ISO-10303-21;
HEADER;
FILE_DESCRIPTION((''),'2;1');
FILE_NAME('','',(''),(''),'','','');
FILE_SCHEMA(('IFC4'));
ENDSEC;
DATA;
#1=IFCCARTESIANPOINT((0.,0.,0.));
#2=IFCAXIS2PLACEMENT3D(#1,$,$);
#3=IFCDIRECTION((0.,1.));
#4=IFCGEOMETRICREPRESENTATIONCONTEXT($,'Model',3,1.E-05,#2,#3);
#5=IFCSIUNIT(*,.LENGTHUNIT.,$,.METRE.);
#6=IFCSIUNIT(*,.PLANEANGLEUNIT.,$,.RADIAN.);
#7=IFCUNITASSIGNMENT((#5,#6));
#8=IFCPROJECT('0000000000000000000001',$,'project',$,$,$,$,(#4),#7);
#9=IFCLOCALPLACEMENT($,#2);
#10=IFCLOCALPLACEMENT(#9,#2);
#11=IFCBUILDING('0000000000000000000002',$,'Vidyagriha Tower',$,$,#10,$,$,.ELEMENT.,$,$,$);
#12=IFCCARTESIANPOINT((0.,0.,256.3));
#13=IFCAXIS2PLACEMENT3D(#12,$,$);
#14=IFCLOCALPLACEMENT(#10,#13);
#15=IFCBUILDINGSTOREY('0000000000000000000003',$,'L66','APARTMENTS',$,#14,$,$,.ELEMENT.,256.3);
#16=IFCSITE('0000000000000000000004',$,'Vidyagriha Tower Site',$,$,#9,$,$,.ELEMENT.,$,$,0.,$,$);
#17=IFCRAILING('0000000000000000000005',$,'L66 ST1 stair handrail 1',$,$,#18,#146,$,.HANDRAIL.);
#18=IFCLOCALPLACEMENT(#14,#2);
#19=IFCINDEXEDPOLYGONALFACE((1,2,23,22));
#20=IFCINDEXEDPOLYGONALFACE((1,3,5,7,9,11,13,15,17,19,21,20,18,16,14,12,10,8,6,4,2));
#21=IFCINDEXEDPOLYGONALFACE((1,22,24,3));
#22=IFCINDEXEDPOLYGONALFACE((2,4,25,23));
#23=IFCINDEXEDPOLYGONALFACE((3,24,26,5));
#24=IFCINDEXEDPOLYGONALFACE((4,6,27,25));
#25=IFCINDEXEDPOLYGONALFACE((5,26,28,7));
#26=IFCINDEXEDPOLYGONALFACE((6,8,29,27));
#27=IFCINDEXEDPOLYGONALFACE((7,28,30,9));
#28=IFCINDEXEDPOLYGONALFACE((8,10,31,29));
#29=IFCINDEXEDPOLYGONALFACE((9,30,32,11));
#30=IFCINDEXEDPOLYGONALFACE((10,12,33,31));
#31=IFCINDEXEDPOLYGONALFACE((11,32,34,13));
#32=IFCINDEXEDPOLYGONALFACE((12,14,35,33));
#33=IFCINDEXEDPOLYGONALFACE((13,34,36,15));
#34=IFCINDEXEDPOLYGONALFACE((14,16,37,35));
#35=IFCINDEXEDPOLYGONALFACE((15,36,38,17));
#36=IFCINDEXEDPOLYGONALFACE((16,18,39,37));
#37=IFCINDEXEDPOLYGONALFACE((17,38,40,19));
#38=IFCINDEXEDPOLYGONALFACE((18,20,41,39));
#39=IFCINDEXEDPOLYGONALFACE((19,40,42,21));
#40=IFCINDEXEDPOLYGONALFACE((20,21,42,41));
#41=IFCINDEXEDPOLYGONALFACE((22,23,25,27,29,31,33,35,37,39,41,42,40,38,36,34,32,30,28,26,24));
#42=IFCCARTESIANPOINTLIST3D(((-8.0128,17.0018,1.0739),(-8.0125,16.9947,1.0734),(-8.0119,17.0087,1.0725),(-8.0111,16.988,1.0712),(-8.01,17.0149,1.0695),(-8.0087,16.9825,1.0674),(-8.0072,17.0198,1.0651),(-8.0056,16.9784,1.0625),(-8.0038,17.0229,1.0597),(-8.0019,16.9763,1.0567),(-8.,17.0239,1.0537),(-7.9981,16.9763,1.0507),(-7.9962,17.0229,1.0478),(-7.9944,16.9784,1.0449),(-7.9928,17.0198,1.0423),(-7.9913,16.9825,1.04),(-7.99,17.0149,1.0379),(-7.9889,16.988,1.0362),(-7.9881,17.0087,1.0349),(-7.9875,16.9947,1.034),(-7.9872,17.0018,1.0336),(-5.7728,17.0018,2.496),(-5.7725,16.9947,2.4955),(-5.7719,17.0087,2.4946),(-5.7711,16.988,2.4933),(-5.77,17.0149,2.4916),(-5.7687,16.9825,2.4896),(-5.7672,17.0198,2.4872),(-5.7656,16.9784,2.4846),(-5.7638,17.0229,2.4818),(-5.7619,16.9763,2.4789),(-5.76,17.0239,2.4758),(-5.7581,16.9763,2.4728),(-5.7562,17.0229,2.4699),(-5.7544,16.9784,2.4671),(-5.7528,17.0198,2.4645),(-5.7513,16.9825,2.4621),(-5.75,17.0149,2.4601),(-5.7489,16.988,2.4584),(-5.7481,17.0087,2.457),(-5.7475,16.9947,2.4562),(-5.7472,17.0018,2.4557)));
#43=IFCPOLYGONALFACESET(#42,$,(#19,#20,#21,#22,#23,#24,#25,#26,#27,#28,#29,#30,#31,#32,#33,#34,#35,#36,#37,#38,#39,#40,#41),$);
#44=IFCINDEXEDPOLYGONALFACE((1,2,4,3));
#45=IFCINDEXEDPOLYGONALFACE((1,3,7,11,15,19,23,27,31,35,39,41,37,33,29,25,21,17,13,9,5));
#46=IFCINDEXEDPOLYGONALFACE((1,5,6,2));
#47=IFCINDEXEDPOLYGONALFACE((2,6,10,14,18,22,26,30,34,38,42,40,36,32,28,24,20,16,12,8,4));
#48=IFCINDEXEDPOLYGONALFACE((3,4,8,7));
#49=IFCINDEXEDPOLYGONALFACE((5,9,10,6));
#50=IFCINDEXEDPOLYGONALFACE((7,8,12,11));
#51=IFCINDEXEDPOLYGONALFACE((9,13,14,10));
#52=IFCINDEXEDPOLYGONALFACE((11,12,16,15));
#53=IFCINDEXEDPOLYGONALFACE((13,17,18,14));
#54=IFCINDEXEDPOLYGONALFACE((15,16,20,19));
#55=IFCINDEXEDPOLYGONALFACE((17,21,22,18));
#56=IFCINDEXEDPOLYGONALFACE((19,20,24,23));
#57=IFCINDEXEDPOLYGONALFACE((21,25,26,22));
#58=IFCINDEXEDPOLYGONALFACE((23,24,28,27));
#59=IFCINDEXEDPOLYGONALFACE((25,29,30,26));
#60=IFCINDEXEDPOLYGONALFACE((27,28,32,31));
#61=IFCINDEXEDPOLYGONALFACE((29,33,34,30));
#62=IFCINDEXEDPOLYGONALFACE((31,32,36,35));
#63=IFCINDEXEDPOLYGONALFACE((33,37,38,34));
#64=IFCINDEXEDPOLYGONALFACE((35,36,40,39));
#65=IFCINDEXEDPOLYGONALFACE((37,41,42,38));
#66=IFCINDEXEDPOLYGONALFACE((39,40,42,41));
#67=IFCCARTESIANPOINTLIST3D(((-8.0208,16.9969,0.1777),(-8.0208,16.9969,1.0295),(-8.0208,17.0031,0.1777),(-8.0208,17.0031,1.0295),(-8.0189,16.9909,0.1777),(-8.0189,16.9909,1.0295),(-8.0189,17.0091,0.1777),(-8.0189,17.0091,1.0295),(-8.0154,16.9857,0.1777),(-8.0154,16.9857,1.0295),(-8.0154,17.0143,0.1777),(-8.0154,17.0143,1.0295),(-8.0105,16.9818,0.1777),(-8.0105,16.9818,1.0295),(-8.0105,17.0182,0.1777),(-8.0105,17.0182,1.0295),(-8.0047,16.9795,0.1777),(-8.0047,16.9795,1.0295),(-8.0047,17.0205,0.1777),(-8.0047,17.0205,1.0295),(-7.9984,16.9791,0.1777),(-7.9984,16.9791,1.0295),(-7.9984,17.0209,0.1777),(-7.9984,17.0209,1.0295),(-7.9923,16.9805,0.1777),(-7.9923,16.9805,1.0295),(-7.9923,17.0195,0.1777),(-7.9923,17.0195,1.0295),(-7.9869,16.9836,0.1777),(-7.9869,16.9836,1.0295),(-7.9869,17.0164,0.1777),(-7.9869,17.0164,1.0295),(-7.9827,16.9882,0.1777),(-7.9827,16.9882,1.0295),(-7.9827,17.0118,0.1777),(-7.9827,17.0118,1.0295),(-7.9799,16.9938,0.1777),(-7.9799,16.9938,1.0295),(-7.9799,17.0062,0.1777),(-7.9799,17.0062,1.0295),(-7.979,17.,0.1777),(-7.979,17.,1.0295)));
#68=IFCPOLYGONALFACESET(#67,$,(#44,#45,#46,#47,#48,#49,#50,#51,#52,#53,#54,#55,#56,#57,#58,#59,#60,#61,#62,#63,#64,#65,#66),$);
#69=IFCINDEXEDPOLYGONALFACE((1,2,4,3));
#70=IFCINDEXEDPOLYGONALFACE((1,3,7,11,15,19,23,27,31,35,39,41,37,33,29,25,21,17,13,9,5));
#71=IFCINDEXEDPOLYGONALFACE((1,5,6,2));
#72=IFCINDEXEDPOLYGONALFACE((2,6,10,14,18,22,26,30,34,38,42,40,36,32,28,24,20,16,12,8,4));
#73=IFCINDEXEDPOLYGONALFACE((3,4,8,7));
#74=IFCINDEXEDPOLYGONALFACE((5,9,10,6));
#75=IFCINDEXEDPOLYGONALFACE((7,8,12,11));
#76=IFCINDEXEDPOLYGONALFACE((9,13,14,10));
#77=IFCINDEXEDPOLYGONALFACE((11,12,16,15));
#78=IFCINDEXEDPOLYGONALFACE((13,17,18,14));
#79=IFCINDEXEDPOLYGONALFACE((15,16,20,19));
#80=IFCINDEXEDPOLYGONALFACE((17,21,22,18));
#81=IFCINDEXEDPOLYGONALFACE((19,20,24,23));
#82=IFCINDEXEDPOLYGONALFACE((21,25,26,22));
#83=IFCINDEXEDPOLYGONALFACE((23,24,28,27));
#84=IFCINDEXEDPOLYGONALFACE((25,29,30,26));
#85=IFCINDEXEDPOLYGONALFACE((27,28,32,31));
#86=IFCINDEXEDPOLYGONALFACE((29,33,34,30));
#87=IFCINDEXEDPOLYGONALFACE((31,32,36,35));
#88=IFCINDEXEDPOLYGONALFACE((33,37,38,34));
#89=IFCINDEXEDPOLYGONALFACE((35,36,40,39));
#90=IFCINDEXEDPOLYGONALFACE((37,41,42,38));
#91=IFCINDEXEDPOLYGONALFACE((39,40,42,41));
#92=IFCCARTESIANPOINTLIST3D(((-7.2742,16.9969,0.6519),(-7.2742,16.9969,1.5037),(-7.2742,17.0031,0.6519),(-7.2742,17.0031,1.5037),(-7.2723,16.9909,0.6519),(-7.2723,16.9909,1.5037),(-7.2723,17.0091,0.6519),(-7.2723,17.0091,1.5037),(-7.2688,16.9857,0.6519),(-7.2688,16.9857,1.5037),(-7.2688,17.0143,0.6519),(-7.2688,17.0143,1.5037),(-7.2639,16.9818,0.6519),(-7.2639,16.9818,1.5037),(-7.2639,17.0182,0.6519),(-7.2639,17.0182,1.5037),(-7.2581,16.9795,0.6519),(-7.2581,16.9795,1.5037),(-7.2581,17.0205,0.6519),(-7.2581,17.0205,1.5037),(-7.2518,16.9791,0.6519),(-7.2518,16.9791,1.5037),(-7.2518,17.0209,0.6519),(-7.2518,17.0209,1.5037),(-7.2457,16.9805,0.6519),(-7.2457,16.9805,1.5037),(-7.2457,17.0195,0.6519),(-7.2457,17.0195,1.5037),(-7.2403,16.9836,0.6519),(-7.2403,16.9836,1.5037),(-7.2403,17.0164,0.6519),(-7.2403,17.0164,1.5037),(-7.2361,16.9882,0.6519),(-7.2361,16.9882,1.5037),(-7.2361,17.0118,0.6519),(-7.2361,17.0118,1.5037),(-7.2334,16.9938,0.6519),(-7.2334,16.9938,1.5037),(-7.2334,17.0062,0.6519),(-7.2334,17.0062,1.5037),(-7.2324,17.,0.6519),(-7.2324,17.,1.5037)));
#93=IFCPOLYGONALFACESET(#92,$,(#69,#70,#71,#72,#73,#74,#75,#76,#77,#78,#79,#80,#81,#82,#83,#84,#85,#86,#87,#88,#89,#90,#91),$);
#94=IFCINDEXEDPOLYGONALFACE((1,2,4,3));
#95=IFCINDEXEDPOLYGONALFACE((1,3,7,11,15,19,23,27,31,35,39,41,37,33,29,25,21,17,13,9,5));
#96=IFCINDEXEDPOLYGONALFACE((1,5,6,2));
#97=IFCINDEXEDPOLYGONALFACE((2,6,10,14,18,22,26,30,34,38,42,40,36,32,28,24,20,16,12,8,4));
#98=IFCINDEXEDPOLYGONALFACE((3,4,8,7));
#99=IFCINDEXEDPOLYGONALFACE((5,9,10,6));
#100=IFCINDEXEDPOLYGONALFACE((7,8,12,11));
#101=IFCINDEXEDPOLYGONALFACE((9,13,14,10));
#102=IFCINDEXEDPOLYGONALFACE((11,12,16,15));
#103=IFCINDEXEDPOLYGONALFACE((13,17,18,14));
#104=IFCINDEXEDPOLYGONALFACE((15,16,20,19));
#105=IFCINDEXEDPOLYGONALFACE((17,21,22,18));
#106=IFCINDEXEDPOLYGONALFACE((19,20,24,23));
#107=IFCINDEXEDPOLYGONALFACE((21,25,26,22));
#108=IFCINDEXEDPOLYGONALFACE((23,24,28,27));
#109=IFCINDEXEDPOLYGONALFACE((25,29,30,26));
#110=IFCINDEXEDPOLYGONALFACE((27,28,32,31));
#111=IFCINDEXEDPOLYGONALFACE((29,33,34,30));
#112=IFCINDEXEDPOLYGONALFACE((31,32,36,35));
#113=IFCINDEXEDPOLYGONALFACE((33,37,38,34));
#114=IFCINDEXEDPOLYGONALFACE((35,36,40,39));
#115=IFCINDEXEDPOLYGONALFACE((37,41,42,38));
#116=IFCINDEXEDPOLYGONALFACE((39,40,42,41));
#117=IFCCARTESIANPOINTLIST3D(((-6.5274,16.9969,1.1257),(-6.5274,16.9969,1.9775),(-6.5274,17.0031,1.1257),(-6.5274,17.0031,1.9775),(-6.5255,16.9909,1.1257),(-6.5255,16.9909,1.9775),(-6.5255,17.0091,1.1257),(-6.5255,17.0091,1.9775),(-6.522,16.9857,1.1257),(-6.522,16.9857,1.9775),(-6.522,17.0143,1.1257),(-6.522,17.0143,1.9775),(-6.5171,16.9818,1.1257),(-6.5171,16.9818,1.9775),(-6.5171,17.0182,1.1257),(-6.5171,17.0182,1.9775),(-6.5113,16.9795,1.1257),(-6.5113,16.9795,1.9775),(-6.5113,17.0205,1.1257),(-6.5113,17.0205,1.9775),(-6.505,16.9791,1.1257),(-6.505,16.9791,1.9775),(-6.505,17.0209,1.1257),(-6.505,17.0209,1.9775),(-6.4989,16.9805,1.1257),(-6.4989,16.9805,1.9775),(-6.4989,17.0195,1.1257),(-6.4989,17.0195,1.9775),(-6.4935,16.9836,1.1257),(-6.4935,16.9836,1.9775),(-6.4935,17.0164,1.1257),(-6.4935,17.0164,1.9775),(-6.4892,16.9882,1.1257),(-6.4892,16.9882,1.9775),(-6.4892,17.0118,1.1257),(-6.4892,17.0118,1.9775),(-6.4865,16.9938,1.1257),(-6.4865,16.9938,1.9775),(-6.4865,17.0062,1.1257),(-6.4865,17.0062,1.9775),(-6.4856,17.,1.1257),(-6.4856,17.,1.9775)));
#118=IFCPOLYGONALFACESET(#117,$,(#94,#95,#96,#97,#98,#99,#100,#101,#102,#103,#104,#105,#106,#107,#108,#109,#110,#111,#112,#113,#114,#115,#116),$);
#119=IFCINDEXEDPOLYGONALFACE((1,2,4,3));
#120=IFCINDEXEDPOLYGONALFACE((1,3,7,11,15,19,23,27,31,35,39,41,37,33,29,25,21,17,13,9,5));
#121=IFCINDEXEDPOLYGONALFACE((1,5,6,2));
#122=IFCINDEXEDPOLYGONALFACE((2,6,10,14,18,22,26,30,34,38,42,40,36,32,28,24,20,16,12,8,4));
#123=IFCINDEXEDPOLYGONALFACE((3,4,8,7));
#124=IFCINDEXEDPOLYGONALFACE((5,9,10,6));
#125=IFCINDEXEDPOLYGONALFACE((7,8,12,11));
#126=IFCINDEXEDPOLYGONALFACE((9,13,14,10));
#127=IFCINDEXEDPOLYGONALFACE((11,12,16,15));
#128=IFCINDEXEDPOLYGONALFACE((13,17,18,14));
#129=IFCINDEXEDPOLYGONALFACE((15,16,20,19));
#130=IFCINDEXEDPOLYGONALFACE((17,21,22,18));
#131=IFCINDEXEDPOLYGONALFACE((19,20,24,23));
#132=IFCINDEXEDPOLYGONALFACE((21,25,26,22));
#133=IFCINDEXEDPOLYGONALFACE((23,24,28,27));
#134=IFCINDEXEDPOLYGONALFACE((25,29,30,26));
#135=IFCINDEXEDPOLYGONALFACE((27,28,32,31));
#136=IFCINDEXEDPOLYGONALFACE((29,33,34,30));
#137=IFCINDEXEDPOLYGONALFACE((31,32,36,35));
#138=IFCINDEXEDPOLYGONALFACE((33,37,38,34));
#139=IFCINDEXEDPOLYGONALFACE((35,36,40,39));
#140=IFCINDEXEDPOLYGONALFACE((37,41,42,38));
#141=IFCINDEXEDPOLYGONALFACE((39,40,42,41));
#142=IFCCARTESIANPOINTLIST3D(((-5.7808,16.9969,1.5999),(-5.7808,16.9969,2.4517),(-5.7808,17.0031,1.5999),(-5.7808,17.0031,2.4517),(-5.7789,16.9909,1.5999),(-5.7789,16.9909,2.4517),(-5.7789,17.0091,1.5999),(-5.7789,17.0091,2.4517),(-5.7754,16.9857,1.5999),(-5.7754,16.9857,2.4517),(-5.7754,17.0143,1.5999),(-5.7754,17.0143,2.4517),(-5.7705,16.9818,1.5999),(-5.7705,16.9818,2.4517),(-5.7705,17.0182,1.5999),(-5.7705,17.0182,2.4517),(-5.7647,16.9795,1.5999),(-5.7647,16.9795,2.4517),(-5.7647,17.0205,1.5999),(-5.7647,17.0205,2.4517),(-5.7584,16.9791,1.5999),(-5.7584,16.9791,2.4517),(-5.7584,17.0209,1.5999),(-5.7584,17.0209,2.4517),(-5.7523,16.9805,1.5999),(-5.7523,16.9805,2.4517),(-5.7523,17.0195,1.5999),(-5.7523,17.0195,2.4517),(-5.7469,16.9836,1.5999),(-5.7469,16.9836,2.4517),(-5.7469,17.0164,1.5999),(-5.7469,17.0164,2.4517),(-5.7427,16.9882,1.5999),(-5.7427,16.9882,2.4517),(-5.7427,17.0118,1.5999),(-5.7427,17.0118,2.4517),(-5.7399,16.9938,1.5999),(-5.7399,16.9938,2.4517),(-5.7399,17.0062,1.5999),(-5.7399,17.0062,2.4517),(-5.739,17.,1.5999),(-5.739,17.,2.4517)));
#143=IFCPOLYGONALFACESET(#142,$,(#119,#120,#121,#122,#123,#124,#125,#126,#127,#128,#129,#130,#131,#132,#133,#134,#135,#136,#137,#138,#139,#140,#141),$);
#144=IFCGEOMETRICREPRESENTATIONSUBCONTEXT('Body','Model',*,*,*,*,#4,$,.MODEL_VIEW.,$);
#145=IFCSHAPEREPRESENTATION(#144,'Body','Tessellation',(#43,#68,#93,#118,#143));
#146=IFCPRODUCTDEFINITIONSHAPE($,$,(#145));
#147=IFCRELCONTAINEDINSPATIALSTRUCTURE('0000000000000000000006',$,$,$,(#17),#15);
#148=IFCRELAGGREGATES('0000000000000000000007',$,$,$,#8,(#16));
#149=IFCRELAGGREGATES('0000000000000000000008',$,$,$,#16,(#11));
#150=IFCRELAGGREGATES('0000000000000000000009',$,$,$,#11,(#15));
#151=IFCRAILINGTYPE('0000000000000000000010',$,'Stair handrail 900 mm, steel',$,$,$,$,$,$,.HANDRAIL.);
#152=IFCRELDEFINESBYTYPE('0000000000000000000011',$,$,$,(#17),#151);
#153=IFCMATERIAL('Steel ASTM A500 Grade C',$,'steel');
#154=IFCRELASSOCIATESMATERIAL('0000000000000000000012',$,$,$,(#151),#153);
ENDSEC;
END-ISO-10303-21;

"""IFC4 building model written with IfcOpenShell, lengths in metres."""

from ifc_helpers import new_model, si_unit, direction, frame, origin, origin_2d, place, context, subcontext, project, spatial, circle, extrude, material, type_object, element, save


model = new_model("IFC4")

# Units and contexts
model_context = context("Model", 3, precision=1e-05, world=origin(), true_north=direction((0.0, 1.0)))
body_context = subcontext(model_context, "Body", "Model", "MODEL_VIEW")
ifc_project = project(units=[si_unit("LENGTHUNIT", "METRE"), si_unit("PLANEANGLEUNIT", "RADIAN")], contexts=[model_context])

# Site, building, storey
site_placement = place(None, origin())
site = spatial("IfcSite", under=ifc_project, at=site_placement, Name="Vidyagriha Tower Site", CompositionType="ELEMENT", RefElevation=0.0)
building_placement = place(site_placement, origin())
building = spatial("IfcBuilding", under=site, at=building_placement, Name="Vidyagriha Tower", CompositionType="ELEMENT")
storey_placement = place(building_placement, frame((0.0, 0.0, 256.3)))
storey = spatial("IfcBuildingStorey", under=building, at=storey_placement, Name="L66", Description="APARTMENTS", CompositionType="ELEMENT", Elevation=256.3)

# Railing
ifc_material_1 = material(Name="Steel ASTM A500 Grade C", Category="steel")
railing_type_1 = type_object("IfcRailingType", Name="Stair handrail 900 mm, steel", PredefinedType="HANDRAIL", material=ifc_material_1)
for number, where, name in (
    (1, (-8.0, 17.0, 0.1777), "L66 ST1 stair handrail 1"),
):
    element("IfcRailing", number, at=place(storey_placement, frame(where)), inside=storey, type_object=railing_type_1, Name=name, PredefinedType="HANDRAIL", context=body_context, shape_type="SweptSolid", body=[
        extrude(circle(Radius=0.0239, at=origin_2d()), frame((0.0, 0.0, 0.876), z_axis=(0.844229, 0.0, 0.535982), x_axis=(0.0, 1.0, 0.0)), (0.0, 0.0, 1.0), 2.6533),
        extrude(circle(Radius=0.021, at=origin_2d()), origin(), (0.0, 0.0, 1.0), 0.8518),
        extrude(circle(Radius=0.021, at=origin_2d()), frame((0.7466, 0.0, 0.4741)), (0.0, 0.0, 1.0), 0.8518),
        extrude(circle(Radius=0.021, at=origin_2d()), frame((1.4934, 0.0, 0.948)), (0.0, 0.0, 1.0), 0.8518),
        extrude(circle(Radius=0.021, at=origin_2d()), frame((2.24, 0.0, 1.4221)), (0.0, 0.0, 1.0), 0.8518),
    ])

save(model, "model.ifc")
